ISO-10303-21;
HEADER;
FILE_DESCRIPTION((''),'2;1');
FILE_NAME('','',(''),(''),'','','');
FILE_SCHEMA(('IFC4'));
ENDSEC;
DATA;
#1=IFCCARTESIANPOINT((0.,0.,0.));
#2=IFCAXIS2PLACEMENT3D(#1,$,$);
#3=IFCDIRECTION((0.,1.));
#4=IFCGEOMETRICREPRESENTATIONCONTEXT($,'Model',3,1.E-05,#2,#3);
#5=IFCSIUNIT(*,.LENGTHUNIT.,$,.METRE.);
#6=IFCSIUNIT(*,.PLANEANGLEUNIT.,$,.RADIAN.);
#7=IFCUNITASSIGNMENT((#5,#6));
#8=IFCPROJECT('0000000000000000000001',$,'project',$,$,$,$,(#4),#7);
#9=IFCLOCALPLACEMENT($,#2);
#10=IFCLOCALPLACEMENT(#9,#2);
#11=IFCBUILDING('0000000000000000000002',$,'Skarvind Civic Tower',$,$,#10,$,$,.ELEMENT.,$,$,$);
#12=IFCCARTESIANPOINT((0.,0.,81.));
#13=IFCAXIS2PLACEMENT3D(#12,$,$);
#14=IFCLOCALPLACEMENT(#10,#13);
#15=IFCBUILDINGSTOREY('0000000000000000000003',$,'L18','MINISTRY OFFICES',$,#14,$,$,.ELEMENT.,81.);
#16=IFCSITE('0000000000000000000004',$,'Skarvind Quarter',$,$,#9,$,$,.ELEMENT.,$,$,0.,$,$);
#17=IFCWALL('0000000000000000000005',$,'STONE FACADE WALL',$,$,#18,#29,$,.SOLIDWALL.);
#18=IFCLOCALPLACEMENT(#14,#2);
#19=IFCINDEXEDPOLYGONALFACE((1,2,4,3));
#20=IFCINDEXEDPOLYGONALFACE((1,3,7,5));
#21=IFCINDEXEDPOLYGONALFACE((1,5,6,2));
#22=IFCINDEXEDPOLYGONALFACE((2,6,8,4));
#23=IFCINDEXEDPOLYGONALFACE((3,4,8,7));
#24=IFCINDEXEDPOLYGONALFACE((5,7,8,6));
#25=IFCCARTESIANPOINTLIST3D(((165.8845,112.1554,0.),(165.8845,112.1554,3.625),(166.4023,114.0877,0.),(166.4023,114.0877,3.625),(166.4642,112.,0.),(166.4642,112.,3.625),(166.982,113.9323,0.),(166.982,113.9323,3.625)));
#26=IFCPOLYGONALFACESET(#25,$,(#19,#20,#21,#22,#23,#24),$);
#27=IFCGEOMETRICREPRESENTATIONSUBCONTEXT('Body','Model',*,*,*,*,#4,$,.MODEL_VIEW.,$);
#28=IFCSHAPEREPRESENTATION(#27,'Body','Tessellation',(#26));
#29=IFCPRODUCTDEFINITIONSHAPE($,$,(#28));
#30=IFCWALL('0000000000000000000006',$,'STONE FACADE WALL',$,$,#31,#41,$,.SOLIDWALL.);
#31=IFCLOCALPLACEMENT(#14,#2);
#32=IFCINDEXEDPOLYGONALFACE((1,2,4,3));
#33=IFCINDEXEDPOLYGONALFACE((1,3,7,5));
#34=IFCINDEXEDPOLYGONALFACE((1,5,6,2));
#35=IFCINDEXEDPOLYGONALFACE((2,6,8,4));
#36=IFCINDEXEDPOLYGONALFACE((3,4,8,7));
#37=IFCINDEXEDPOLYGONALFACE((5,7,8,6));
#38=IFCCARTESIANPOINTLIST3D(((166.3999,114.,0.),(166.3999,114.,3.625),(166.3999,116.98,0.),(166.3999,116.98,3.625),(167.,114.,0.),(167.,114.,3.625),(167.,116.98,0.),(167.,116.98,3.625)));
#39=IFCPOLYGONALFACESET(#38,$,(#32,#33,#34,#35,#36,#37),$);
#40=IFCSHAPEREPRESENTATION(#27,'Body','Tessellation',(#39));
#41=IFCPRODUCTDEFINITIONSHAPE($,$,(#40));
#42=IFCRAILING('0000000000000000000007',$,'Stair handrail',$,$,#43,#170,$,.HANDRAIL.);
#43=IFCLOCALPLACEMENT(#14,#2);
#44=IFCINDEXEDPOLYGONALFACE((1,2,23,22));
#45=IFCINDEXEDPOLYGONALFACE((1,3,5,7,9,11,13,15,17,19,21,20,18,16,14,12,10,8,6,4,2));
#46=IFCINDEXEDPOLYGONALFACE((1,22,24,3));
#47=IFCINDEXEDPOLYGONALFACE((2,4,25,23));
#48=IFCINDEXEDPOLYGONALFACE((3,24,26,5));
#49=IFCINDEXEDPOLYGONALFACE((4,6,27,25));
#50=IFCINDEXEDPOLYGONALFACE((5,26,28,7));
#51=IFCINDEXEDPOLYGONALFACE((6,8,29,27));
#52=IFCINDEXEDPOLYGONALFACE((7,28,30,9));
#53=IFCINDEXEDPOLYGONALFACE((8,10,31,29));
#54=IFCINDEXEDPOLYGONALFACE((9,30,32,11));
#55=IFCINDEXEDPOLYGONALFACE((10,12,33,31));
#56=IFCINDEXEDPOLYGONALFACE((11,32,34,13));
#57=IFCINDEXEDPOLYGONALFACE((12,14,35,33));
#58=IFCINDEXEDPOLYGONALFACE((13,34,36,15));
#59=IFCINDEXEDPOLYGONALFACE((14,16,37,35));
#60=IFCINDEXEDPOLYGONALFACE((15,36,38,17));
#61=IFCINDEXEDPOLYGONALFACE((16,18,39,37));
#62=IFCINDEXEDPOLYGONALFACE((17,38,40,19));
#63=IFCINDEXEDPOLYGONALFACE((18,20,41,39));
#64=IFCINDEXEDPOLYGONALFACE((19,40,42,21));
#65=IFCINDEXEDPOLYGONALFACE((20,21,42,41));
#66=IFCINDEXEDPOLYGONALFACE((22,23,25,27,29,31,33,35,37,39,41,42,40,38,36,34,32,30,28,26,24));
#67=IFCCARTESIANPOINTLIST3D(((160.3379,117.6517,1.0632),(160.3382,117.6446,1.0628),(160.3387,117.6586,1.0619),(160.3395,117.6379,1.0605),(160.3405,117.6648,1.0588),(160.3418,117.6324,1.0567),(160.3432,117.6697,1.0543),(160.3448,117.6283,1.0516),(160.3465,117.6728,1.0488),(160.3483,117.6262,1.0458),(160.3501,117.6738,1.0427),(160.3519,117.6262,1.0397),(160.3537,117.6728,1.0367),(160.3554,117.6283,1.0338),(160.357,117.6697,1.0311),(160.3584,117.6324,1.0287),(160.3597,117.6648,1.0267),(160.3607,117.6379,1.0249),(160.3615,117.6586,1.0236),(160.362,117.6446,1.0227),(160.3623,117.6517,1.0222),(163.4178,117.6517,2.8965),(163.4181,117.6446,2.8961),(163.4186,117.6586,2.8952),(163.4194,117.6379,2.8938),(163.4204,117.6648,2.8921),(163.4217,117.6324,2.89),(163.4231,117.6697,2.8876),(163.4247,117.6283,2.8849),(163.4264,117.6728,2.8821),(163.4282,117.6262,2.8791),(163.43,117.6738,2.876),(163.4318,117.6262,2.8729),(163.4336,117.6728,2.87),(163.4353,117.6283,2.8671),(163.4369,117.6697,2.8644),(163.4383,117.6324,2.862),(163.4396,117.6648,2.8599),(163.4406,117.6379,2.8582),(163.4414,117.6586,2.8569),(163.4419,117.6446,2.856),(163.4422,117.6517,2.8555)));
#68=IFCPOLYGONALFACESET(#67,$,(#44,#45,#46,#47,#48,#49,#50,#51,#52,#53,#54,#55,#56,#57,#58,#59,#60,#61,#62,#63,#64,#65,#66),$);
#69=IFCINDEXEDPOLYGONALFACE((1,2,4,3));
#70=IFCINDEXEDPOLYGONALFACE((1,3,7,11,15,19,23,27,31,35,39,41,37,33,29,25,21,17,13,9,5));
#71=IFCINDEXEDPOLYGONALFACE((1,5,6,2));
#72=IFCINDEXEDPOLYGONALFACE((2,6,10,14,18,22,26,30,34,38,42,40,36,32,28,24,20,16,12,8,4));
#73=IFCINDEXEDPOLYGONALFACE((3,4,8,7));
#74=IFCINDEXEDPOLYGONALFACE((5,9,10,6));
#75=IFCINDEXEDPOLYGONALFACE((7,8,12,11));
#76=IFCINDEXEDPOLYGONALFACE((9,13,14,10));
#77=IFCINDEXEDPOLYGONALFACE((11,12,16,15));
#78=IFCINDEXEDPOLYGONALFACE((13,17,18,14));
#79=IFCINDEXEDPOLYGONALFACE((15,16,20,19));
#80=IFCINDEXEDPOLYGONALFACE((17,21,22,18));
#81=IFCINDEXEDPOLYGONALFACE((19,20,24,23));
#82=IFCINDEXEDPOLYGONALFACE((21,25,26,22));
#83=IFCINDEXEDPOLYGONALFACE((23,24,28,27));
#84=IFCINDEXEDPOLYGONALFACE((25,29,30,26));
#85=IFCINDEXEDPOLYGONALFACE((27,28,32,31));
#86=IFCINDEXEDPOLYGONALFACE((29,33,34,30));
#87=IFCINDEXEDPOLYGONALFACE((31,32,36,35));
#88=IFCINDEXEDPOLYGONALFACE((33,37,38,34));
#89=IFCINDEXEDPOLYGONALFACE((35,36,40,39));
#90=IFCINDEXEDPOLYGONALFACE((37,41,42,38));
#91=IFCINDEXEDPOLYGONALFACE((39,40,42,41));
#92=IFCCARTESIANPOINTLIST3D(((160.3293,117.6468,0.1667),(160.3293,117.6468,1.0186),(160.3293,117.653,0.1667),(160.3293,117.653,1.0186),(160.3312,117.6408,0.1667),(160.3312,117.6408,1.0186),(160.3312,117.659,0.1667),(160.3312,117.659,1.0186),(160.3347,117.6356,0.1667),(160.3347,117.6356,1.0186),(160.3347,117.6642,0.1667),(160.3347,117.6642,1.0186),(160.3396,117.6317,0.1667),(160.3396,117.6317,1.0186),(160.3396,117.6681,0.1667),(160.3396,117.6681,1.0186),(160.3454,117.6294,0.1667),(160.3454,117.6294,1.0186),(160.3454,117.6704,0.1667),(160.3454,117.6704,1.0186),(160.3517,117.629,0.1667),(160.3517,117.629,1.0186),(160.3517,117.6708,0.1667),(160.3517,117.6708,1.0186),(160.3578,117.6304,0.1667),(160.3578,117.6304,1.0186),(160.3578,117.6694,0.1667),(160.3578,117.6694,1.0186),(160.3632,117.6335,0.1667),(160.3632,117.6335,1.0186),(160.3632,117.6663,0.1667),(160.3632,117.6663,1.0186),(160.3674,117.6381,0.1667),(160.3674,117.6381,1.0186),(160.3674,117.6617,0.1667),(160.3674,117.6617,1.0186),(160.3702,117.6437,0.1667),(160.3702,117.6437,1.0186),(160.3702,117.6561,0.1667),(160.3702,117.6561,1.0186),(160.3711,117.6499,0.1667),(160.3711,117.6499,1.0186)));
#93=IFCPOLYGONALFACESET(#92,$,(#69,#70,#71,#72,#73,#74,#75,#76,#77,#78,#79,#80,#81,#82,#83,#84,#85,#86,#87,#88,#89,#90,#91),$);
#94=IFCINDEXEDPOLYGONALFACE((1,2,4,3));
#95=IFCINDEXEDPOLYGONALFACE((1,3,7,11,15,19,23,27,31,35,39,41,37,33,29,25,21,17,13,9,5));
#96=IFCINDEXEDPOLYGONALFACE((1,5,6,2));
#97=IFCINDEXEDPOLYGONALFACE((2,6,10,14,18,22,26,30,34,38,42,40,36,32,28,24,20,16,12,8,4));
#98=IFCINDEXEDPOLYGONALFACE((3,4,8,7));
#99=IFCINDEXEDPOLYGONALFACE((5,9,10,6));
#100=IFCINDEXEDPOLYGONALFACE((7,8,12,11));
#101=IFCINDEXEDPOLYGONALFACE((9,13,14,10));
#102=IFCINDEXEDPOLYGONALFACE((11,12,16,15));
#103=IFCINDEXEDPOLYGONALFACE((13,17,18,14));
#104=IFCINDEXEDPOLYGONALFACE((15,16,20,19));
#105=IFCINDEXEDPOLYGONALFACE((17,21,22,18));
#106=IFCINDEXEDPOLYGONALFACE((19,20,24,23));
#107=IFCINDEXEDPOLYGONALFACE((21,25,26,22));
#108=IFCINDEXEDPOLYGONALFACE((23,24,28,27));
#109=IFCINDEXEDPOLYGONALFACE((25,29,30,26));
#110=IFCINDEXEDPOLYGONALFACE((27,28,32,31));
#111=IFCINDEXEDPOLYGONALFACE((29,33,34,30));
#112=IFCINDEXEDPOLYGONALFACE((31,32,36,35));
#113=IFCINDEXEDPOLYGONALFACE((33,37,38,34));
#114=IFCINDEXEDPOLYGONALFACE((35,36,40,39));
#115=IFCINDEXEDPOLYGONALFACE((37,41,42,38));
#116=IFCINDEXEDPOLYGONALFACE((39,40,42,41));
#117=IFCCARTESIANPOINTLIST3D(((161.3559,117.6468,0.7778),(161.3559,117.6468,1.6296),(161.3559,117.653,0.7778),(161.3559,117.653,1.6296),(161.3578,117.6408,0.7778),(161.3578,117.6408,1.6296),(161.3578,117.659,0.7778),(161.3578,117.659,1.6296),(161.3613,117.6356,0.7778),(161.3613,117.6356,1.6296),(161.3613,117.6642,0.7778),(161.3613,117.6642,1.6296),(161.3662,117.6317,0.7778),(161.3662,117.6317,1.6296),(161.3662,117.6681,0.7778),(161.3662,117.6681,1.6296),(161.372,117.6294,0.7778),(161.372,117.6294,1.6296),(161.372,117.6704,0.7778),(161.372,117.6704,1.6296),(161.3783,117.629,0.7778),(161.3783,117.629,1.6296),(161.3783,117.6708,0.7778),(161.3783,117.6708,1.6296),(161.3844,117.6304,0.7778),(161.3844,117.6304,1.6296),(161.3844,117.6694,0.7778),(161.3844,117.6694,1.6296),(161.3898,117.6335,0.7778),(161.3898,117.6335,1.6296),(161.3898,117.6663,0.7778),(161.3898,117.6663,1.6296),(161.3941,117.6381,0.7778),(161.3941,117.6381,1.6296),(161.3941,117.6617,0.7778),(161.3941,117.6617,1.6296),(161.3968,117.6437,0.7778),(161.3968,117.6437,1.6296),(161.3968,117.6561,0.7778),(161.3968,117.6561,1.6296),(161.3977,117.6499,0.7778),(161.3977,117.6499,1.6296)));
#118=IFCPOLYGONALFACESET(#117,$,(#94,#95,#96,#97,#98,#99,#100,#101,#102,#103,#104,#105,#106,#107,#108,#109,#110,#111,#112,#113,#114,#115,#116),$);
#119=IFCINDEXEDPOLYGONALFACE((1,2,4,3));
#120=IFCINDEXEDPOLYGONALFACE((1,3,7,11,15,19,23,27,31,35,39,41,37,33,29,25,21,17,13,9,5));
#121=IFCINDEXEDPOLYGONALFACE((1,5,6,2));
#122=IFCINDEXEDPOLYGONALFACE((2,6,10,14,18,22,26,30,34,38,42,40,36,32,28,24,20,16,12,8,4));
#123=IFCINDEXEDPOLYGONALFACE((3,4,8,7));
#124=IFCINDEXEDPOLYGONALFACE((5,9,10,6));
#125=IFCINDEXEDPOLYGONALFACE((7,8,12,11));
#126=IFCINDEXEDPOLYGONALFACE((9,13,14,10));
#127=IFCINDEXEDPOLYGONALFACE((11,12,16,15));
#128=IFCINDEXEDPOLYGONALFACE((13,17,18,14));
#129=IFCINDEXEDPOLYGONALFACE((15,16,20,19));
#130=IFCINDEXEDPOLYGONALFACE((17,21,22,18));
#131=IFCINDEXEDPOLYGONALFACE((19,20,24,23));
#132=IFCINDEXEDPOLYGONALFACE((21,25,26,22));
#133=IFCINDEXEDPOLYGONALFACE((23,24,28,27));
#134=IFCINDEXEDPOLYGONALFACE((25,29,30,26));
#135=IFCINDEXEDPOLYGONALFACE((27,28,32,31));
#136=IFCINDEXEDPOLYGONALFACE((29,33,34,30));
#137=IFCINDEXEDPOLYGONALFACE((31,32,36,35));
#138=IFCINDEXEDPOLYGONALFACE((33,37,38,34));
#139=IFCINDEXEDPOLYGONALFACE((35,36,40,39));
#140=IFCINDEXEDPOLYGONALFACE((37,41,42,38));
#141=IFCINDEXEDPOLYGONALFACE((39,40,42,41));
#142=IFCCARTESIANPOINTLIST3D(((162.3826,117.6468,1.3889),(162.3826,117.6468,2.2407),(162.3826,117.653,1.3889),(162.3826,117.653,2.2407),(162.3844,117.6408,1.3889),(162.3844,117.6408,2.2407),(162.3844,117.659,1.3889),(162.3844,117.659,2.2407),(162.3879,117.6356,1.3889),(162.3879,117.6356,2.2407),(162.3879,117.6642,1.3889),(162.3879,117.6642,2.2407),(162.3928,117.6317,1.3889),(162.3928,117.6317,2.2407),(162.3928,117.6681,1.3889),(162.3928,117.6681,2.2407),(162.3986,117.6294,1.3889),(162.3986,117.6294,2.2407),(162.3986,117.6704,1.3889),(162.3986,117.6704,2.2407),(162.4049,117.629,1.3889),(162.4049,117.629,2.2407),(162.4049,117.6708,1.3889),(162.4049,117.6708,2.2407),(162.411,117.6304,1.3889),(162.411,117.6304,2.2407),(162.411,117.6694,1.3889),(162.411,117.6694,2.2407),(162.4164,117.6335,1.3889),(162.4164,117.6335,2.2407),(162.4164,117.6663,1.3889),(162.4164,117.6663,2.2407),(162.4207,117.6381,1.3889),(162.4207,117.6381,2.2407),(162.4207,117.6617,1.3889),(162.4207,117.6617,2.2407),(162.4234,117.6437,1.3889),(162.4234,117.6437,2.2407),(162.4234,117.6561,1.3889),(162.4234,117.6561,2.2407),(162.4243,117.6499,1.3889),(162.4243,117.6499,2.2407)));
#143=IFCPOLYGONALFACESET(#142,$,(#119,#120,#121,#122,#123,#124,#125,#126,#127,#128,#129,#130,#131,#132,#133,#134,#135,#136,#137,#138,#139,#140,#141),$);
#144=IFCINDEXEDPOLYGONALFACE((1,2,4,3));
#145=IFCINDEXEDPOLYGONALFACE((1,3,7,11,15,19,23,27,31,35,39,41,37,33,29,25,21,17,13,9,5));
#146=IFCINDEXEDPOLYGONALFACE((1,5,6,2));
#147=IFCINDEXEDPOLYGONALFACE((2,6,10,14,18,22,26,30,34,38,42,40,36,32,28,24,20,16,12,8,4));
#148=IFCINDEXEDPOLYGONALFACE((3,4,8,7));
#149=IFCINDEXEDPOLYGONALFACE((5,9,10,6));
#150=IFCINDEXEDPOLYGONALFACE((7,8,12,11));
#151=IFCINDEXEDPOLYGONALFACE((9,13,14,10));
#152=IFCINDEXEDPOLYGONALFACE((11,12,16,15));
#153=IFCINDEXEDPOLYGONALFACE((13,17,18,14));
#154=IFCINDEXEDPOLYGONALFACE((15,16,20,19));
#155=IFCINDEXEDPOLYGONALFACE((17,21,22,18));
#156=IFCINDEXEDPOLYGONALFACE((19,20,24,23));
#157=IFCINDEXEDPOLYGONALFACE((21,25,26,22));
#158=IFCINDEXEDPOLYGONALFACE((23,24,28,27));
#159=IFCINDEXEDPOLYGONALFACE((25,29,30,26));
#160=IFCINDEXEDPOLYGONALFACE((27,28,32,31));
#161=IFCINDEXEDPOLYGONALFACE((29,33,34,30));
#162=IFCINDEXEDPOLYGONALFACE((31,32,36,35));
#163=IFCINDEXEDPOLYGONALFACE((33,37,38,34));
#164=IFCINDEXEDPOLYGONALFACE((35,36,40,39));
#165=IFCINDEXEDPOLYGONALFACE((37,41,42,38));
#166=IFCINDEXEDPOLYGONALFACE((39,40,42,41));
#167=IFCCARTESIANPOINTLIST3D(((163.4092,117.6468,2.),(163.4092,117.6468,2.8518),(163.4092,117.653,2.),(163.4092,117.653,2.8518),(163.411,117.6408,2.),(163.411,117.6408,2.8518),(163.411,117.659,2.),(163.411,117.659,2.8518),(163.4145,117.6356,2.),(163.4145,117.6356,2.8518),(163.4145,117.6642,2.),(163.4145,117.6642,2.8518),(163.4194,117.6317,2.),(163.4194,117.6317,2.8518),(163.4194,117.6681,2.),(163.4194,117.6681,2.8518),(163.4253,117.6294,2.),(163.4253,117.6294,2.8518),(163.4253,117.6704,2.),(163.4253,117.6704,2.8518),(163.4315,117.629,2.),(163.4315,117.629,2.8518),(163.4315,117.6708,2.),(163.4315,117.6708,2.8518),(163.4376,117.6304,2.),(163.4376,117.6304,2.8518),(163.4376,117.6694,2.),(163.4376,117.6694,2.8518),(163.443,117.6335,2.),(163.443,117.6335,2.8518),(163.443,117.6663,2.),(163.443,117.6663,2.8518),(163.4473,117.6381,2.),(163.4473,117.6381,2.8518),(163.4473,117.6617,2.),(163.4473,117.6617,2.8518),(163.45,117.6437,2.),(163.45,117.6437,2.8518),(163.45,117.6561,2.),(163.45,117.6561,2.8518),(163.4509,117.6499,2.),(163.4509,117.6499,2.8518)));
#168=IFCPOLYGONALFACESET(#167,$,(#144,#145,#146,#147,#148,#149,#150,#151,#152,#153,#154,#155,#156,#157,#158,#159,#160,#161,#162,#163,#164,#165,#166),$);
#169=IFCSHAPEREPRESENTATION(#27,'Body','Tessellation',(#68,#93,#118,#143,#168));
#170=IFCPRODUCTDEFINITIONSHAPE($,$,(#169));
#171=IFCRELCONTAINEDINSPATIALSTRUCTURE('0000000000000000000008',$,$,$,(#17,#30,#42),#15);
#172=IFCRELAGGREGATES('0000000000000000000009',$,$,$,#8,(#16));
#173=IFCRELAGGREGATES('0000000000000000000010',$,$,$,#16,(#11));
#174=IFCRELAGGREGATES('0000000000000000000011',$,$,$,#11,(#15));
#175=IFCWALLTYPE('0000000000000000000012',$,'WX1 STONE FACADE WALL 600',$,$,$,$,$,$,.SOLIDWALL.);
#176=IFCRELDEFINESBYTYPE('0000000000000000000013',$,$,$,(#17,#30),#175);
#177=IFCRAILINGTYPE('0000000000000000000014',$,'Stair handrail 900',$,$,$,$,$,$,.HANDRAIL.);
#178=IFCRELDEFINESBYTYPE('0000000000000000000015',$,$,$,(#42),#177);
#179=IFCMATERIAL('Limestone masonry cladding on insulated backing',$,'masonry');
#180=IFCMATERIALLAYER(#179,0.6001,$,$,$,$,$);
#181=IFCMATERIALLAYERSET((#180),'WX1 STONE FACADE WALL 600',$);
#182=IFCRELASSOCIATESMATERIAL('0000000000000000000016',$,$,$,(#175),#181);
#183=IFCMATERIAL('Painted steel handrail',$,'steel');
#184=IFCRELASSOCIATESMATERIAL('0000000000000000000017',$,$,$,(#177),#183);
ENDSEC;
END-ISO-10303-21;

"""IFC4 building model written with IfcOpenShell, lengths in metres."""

from ifc_helpers import new_model, si_unit, direction, frame, frame_2d, origin, origin_2d, place, context, subcontext, project, spatial, rectangle, circle, extrude, material, layer, layer_set, type_object, element, save


model = new_model("IFC4")

# Units and contexts
model_context = context("Model", 3, precision=1e-05, world=origin(), true_north=direction((0.0, 1.0)))
body_context = subcontext(model_context, "Body", "Model", "MODEL_VIEW")
ifc_project = project(units=[si_unit("LENGTHUNIT", "METRE"), si_unit("PLANEANGLEUNIT", "RADIAN")], contexts=[model_context])

# Site, building, storey
site_placement = place(None, origin())
site = spatial("IfcSite", under=ifc_project, at=site_placement, Name="Skarvind Quarter", CompositionType="ELEMENT", RefElevation=0.0)
building_placement = place(site_placement, origin())
building = spatial("IfcBuilding", under=site, at=building_placement, Name="Skarvind Civic Tower", CompositionType="ELEMENT")
storey_placement = place(building_placement, frame((0.0, 0.0, 81.0)))
storey = spatial("IfcBuildingStorey", under=building, at=storey_placement, Name="L18", Description="MINISTRY OFFICES", CompositionType="ELEMENT", Elevation=81.0)

# Shared definitions
ifc_material_1 = material(Name="Limestone masonry cladding on insulated backing", Category="masonry")
ifc_layer_1 = layer(ifc_material_1, 0.6001)
ifc_layer_set_1 = layer_set([ifc_layer_1], Name="WX1 STONE FACADE WALL 600")
wall_type_1 = type_object("IfcWallType", Name="WX1 STONE FACADE WALL 600", PredefinedType="SOLIDWALL", material=ifc_layer_set_1)

# Walls
wall_1_placement = place(storey_placement, frame((166.6921, 114.01, 0.0), z_axis=(0.0, 0.0, 1.0), x_axis=(-0.25884, -0.96592, 0.0)))
element("IfcWall", 1, at=wall_1_placement, inside=storey, type_object=wall_type_1, Name="STONE FACADE WALL", PredefinedType="SOLIDWALL", context=body_context, shape_type="SweptSolid", body=[
    extrude(rectangle(XDim=2.0005, YDim=0.6001, at=frame_2d((1.0002, 0.0))), origin(), (0.0, 0.0, 1.0), 3.625),
])
wall_2_placement = place(storey_placement, frame((166.7, 116.98, 0.0), z_axis=(0.0, 0.0, 1.0), x_axis=(0.0, -1.0, 0.0)))
element("IfcWall", 2, at=wall_2_placement, inside=storey, type_object=wall_type_1, Name="STONE FACADE WALL", PredefinedType="SOLIDWALL", context=body_context, shape_type="SweptSolid", body=[
    extrude(rectangle(XDim=2.98, YDim=0.6001, at=frame_2d((1.49, 0.0))), origin(), (0.0, 0.0, 1.0), 3.625),
])

# Railing
ifc_material_2 = material(Name="Painted steel handrail", Category="steel")
railing_type = type_object("IfcRailingType", Name="Stair handrail 900", PredefinedType="HANDRAIL", material=ifc_material_2)
railing_placement = place(storey_placement, frame((160.3501, 117.6499, 0.1667)))
element("IfcRailing", 3, at=railing_placement, inside=storey, type_object=railing_type, Name="Stair handrail", PredefinedType="HANDRAIL", context=body_context, shape_type="SweptSolid", body=[
    extrude(circle(Radius=0.0239, at=origin_2d()), frame((0.0, 0.0, 0.876), z_axis=(0.859291, 0.0, 0.511487), x_axis=(0.0, 1.0, 0.0)), (0.0, 0.0, 1.0), 3.5842),
    extrude(circle(Radius=0.021, at=origin_2d()), origin(), (0.0, 0.0, 1.0), 0.8518),
    extrude(circle(Radius=0.021, at=origin_2d()), frame((1.0266, 0.0, 0.6111)), (0.0, 0.0, 1.0), 0.8518),
    extrude(circle(Radius=0.021, at=origin_2d()), frame((2.0532, 0.0, 1.2222)), (0.0, 0.0, 1.0), 0.8518),
    extrude(circle(Radius=0.021, at=origin_2d()), frame((3.0798, 0.0, 1.8333)), (0.0, 0.0, 1.0), 0.8518),
])

save(model, "model.ifc")
